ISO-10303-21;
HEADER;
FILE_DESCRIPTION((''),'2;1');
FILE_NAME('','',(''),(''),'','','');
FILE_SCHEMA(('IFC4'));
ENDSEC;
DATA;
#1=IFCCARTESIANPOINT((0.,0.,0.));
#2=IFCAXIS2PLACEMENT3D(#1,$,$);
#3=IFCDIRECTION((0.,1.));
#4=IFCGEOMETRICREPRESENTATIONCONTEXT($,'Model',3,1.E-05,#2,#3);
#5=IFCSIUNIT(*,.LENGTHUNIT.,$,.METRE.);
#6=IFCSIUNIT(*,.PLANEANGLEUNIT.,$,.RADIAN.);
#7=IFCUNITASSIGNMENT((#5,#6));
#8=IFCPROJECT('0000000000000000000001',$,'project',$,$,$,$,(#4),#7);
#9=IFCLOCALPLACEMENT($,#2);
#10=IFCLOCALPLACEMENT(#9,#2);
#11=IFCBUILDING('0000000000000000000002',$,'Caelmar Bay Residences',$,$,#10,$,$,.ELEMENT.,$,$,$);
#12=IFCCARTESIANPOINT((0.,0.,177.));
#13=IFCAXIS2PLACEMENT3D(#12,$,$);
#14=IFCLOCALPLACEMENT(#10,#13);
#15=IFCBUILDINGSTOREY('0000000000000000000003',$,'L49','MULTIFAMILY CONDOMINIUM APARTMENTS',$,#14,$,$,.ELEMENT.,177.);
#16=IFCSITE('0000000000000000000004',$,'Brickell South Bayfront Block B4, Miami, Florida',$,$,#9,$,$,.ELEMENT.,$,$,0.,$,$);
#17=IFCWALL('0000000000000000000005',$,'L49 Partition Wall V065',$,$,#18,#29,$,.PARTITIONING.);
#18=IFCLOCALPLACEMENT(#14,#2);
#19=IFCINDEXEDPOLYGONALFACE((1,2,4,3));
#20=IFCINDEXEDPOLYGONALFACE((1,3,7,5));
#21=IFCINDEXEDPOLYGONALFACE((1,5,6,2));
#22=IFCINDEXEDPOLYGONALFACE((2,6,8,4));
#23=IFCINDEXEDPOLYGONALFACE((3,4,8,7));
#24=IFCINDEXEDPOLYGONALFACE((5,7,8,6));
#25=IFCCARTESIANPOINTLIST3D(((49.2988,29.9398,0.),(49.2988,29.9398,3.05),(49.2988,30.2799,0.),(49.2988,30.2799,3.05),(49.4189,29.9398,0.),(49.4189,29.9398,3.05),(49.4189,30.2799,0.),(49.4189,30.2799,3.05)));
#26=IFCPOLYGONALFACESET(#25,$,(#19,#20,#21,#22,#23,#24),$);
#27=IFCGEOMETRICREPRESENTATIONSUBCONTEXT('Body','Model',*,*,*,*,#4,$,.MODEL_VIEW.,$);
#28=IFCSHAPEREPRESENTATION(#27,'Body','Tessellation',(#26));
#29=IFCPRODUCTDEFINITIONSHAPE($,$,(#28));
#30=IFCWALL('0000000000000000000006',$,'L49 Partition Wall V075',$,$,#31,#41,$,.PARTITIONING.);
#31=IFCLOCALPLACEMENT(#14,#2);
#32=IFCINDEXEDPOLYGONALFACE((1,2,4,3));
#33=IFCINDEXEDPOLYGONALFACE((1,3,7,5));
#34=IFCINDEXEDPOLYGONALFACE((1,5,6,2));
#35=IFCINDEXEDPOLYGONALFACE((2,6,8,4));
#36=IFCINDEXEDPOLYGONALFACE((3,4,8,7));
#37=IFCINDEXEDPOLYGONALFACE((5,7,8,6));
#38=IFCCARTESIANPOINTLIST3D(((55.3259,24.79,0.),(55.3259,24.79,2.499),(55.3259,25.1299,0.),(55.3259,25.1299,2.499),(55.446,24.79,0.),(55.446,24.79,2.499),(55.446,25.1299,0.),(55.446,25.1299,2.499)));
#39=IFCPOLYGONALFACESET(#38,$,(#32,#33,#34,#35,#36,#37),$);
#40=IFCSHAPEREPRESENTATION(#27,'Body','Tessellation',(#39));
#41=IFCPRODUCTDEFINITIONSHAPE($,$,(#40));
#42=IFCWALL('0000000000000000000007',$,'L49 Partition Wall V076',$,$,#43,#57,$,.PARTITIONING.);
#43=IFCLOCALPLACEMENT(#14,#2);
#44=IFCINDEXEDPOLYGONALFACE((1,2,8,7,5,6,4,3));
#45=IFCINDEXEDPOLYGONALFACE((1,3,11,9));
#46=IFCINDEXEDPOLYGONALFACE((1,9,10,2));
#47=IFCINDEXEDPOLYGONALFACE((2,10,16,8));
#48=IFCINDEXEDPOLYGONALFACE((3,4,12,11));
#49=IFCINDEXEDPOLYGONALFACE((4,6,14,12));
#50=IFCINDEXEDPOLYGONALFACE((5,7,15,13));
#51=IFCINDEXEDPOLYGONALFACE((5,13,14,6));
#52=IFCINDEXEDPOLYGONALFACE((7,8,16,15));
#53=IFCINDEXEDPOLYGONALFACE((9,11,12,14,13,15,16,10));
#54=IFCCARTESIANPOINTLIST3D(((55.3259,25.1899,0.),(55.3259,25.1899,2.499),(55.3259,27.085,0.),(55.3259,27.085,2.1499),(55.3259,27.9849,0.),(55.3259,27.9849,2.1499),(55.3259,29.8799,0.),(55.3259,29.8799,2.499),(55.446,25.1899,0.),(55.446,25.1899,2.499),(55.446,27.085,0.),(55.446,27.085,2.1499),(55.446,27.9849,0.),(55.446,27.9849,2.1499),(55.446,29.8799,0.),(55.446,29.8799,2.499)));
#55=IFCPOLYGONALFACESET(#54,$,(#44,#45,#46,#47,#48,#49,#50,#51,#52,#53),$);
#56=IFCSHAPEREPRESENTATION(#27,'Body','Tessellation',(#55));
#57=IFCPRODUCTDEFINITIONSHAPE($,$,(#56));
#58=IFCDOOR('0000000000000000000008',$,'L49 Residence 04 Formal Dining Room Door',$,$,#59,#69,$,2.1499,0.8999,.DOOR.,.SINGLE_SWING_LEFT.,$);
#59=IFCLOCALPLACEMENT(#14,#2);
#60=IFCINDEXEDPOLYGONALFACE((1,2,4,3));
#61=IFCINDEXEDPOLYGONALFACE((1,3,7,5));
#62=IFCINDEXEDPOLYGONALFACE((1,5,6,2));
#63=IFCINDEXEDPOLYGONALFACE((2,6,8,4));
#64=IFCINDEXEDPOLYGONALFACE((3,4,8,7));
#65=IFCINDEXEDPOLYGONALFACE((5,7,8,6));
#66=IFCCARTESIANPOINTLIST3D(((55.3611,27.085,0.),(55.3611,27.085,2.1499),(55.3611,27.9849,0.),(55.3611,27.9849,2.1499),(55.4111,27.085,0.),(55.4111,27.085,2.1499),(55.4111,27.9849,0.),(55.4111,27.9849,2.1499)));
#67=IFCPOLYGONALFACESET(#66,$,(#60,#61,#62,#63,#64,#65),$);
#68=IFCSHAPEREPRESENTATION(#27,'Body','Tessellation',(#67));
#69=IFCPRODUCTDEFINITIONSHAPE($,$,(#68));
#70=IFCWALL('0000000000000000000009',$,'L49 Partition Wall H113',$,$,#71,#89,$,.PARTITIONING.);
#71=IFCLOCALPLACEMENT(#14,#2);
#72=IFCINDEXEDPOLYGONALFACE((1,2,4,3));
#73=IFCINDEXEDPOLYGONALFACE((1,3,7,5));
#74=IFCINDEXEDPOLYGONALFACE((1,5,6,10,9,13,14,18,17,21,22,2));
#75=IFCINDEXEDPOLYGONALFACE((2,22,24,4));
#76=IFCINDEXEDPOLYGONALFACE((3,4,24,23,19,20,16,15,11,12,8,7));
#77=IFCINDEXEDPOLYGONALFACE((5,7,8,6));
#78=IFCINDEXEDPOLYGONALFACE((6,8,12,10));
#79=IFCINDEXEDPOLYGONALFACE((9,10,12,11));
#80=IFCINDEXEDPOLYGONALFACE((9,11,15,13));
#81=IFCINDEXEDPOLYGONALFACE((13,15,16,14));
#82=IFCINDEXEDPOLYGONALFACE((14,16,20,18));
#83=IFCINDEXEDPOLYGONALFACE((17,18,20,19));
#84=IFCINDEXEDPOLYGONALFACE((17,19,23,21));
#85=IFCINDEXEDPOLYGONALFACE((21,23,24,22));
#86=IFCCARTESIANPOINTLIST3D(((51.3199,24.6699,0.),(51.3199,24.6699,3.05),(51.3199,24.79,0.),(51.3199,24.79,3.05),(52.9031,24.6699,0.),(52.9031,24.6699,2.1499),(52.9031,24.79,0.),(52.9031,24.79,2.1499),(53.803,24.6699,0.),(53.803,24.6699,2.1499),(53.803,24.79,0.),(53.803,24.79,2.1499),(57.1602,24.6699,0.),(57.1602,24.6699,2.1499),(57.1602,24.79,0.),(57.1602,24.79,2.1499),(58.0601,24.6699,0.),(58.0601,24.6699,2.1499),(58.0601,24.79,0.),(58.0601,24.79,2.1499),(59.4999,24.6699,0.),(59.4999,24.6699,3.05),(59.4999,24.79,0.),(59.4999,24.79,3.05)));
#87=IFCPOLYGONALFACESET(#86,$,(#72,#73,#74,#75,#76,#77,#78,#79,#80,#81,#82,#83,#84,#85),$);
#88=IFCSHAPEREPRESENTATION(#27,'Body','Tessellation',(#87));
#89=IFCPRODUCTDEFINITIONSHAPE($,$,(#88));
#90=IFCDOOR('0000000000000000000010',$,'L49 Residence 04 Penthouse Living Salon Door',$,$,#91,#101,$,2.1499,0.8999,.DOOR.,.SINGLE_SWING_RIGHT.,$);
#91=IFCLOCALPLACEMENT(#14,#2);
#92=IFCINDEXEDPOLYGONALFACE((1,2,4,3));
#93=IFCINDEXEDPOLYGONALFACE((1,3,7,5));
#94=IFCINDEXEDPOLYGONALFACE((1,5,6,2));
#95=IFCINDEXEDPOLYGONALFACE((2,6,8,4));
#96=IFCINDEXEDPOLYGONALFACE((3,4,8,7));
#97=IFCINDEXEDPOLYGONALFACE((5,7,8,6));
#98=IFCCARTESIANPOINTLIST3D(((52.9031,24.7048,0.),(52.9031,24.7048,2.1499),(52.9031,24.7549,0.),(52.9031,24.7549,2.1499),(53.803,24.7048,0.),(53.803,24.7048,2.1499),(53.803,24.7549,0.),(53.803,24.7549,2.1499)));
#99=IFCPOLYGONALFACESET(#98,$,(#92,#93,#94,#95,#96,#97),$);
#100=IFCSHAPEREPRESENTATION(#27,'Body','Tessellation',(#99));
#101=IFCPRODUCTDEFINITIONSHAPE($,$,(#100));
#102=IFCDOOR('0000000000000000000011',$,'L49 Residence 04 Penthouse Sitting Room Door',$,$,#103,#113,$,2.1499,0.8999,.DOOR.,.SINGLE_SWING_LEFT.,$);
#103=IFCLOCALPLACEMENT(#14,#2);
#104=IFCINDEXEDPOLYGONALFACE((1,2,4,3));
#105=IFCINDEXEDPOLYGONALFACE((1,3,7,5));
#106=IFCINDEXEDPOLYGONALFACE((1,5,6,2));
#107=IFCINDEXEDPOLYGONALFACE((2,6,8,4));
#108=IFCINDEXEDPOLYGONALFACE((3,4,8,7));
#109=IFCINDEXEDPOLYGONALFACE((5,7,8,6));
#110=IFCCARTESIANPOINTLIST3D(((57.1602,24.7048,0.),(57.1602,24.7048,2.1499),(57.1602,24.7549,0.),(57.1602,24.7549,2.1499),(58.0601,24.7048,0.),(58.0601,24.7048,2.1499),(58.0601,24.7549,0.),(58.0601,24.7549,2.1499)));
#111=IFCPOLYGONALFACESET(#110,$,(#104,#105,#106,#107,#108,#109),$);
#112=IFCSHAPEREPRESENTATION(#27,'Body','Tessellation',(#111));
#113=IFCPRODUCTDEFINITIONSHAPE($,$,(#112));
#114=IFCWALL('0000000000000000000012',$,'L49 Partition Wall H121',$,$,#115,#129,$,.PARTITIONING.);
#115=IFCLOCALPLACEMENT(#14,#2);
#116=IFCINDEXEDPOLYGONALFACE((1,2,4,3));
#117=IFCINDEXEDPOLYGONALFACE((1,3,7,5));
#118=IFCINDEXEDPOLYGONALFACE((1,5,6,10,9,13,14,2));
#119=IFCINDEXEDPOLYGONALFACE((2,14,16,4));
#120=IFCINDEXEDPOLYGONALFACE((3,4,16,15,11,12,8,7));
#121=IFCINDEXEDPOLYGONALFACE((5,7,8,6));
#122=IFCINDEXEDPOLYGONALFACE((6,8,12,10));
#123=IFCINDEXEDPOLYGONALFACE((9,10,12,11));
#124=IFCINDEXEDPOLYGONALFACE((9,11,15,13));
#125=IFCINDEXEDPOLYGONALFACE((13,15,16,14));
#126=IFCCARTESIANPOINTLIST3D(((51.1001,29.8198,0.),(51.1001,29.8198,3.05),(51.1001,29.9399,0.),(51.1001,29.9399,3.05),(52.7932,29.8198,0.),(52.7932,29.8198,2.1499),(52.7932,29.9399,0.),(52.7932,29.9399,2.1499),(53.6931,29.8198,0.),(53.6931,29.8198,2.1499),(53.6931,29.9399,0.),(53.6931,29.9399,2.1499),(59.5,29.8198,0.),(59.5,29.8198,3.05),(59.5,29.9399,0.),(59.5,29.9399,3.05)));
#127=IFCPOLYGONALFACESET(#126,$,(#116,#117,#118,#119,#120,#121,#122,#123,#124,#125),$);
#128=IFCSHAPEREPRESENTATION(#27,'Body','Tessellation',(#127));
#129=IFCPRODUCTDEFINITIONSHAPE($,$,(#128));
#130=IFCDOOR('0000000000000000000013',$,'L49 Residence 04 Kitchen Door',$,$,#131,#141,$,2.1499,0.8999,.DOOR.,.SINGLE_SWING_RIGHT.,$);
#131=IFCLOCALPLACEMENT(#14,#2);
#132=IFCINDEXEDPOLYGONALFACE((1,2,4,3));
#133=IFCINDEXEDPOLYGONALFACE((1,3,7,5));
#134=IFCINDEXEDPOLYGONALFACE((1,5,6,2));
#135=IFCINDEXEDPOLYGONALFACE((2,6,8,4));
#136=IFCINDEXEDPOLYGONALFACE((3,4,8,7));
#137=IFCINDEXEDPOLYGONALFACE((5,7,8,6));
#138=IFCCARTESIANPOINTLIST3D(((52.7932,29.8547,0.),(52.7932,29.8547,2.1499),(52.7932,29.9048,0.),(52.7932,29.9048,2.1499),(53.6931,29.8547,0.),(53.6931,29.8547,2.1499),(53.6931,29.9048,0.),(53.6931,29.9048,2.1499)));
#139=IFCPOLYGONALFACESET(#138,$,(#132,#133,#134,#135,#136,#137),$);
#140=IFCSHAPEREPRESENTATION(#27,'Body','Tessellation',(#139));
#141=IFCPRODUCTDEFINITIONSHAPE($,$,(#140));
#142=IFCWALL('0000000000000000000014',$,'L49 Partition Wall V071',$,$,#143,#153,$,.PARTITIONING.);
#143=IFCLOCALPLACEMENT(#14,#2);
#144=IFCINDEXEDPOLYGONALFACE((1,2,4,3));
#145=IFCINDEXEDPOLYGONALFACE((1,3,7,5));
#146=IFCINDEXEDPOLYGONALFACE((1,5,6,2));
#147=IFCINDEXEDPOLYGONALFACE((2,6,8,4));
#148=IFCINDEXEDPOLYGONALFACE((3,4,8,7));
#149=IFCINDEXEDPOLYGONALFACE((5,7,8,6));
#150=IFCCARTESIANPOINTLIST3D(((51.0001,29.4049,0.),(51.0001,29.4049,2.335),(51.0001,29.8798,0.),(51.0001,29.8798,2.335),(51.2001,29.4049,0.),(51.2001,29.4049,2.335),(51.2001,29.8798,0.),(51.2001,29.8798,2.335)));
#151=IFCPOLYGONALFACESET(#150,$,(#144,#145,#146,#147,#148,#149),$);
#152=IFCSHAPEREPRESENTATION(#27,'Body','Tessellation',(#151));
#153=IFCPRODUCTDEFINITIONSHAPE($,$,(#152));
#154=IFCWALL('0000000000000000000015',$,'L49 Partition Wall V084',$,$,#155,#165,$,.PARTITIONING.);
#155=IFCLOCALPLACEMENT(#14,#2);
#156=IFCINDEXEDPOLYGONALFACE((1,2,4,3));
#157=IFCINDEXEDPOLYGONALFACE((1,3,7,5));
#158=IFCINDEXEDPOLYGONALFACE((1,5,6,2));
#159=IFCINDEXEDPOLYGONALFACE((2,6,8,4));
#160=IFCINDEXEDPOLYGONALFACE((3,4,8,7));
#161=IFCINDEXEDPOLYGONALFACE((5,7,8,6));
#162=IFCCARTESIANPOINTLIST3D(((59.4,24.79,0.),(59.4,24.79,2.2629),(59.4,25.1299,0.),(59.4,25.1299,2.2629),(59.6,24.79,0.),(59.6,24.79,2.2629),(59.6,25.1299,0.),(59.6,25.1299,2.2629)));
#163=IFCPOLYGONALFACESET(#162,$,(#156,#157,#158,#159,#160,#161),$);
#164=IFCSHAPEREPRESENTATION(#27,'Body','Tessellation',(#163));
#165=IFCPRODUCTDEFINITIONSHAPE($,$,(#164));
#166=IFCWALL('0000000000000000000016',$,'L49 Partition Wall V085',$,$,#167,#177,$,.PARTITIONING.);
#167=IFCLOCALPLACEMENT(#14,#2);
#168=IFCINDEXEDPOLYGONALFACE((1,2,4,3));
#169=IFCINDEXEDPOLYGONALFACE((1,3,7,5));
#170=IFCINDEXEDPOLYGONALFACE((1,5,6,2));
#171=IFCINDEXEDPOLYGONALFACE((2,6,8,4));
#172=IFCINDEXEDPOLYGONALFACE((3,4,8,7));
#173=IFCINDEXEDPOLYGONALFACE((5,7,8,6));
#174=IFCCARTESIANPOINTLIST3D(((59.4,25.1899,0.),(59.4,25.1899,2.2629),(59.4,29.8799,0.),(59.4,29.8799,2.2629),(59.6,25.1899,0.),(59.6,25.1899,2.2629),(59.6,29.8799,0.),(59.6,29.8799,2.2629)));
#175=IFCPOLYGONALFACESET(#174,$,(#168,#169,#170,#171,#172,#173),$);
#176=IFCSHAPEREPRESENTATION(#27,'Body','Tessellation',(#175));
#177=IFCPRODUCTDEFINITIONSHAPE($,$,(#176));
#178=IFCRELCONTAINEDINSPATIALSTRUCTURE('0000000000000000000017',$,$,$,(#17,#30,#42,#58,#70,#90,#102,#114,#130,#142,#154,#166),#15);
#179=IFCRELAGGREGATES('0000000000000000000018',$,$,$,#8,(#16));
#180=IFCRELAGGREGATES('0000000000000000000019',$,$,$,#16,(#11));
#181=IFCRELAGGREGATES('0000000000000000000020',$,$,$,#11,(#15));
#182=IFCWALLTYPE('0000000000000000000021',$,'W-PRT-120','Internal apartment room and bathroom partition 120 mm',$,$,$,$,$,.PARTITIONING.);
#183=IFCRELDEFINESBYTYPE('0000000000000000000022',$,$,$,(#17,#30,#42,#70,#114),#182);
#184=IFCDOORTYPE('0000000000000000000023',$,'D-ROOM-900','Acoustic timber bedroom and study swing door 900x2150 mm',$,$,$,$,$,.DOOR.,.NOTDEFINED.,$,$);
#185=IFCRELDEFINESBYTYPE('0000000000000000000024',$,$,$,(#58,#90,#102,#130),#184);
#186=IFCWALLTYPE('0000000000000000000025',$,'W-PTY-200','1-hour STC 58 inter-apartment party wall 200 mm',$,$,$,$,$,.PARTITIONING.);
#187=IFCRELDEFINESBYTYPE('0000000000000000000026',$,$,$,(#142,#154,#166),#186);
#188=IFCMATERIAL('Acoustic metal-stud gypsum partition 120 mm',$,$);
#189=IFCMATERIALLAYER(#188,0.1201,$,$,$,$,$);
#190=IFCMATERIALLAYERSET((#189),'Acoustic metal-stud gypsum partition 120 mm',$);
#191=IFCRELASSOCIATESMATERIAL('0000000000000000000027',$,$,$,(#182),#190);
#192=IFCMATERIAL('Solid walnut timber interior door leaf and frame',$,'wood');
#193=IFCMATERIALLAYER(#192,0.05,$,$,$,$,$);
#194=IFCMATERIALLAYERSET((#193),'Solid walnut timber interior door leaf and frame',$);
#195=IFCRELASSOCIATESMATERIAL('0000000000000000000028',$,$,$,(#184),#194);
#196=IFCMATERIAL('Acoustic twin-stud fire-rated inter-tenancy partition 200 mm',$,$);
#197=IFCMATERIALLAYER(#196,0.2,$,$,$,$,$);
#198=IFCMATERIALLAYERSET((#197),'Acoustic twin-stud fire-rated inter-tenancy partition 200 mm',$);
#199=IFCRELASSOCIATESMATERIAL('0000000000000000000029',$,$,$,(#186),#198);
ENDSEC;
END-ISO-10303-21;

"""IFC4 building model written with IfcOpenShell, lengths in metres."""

from ifc_helpers import new_model, si_unit, direction, frame, frame_2d, origin, place, context, subcontext, project, spatial, rectangle, extrude, material, layer, layer_set, type_object, element, fill, save


model = new_model("IFC4")

# Units and contexts
model_context = context("Model", 3, precision=1e-05, world=origin(), true_north=direction((0.0, 1.0)))
body_context = subcontext(model_context, "Body", "Model", "MODEL_VIEW")
ifc_project = project(units=[si_unit("LENGTHUNIT", "METRE"), si_unit("PLANEANGLEUNIT", "RADIAN")], contexts=[model_context])

# Site, building, storey
site_placement = place(None, origin())
site = spatial("IfcSite", under=ifc_project, at=site_placement, Name="Brickell South Bayfront Block B4, Miami, Florida", CompositionType="ELEMENT", RefElevation=0.0)
building_placement = place(site_placement, origin())
building = spatial("IfcBuilding", under=site, at=building_placement, Name="Caelmar Bay Residences", CompositionType="ELEMENT")
storey_placement = place(building_placement, frame((0.0, 0.0, 177.0)))
storey = spatial("IfcBuildingStorey", under=building, at=storey_placement, Name="L49", Description="MULTIFAMILY CONDOMINIUM APARTMENTS", CompositionType="ELEMENT", Elevation=177.0)

# Walls
ifc_material_1 = material(Name="Acoustic metal-stud gypsum partition 120 mm")
ifc_layer_1 = layer(ifc_material_1, 0.1201)
ifc_layer_set_1 = layer_set([ifc_layer_1], Name="Acoustic metal-stud gypsum partition 120 mm")
wall_type_1 = type_object("IfcWallType", Name="W-PRT-120", Description="Internal apartment room and bathroom partition 120 mm", PredefinedType="PARTITIONING", material=ifc_layer_set_1)
wall_1_placement = place(storey_placement, frame((49.3589, 29.9399, 0.0), z_axis=(0.0, 0.0, 1.0), x_axis=(0.0, 1.0, 0.0)))
element("IfcWall", 1, at=wall_1_placement, inside=storey, type_object=wall_type_1, Name="L49 Partition Wall V065", PredefinedType="PARTITIONING", context=body_context, shape_type="SweptSolid", body=[
    extrude(rectangle(XDim=0.3401, YDim=0.1201, at=frame_2d((0.1699, 0.0))), origin(), (0.0, 0.0, 1.0), 3.05),
])
wall_2_placement = place(storey_placement, frame((55.386, 24.79, 0.0), z_axis=(0.0, 0.0, 1.0), x_axis=(0.0, 1.0, 0.0)))
element("IfcWall", 2, at=wall_2_placement, inside=storey, type_object=wall_type_1, Name="L49 Partition Wall V075", PredefinedType="PARTITIONING", context=body_context, shape_type="SweptSolid", body=[
    extrude(rectangle(XDim=0.3398, YDim=0.1201, at=frame_2d((0.1699, 0.0))), origin(), (0.0, 0.0, 1.0), 2.499),
])

# Wall, opening, door
wall_3_placement = place(storey_placement, frame((55.386, 25.1899, 0.0), z_axis=(0.0, 0.0, 1.0), x_axis=(0.0, 1.0, 0.0)))
wall_3 = element("IfcWall", 3, at=wall_3_placement, inside=storey, type_object=wall_type_1, Name="L49 Partition Wall V076", PredefinedType="PARTITIONING", context=body_context, shape_type="SweptSolid", body=[
    extrude(rectangle(XDim=4.6899, YDim=0.1201, at=frame_2d((2.345, 0.0))), origin(), (0.0, 0.0, 1.0), 2.499),
])
opening_1_placement = place(wall_3_placement, frame((1.895, 0.0, 0.0)))
opening_1 = element("IfcOpeningElement", 4, at=opening_1_placement, cuts=wall_3, PredefinedType="OPENING", context=body_context, shape_type="SweptSolid", body=[
    extrude(rectangle(XDim=0.8999, YDim=2.1499, at=frame_2d((0.45, 1.075))), frame((0.0, 0.0701, 0.0), z_axis=(0.0, -1.0, 0.0), x_axis=(1.0, 0.0, 0.0)), (0.0, 0.0, 1.0), 0.1401),
])
ifc_material_2 = material(Name="Solid walnut timber interior door leaf and frame", Category="wood")
ifc_layer_2 = layer(ifc_material_2, 0.05)
ifc_layer_set_2 = layer_set([ifc_layer_2], Name="Solid walnut timber interior door leaf and frame")
door_type = type_object("IfcDoorType", Name="D-ROOM-900", Description="Acoustic timber bedroom and study swing door 900x2150 mm", OperationType="NOTDEFINED", PredefinedType="DOOR", material=ifc_layer_set_2)
door_1_placement = place(opening_1_placement, origin())
door_1 = element("IfcDoor", 5, at=door_1_placement, inside=storey, type_object=door_type, Name="L49 Residence 04 Formal Dining Room Door", OperationType="SINGLE_SWING_LEFT", OverallHeight=2.1499, OverallWidth=0.8999, PredefinedType="DOOR", context=body_context, shape_type="SweptSolid", body=[
    extrude(rectangle(XDim=0.8999, YDim=2.1499, at=frame_2d((0.45, 1.075))), frame((0.0, 0.0249, 0.0), z_axis=(0.0, -1.0, 0.0), x_axis=(1.0, 0.0, 0.0)), (0.0, 0.0, 1.0), 0.05),
])
fill(opening_1, door_1)

# Wall, openings, doors
wall_4_placement = place(storey_placement, frame((51.3201, 24.73, 0.0), z_axis=(0.0, 0.0, 1.0), x_axis=(1.0, 0.0, 0.0)))
wall_4 = element("IfcWall", 6, at=wall_4_placement, inside=storey, type_object=wall_type_1, Name="L49 Partition Wall H113", PredefinedType="PARTITIONING", context=body_context, shape_type="SweptSolid", body=[
    extrude(rectangle(XDim=8.1799, YDim=0.1201, at=frame_2d((4.0898, 0.0))), origin(), (0.0, 0.0, 1.0), 3.05),
])
opening_2_placement = place(wall_4_placement, frame((1.583, 0.0, 0.0)))
opening_2 = element("IfcOpeningElement", 7, at=opening_2_placement, cuts=wall_4, PredefinedType="OPENING", context=body_context, shape_type="SweptSolid", body=[
    extrude(rectangle(XDim=0.8999, YDim=2.1499, at=frame_2d((0.45, 1.075))), frame((0.0, 0.0701, 0.0), z_axis=(0.0, -1.0, 0.0), x_axis=(1.0, 0.0, 0.0)), (0.0, 0.0, 1.0), 0.1401),
])
opening_3_placement = place(wall_4_placement, frame((5.8401, 0.0, 0.0)))
opening_3 = element("IfcOpeningElement", 8, at=opening_3_placement, cuts=wall_4, PredefinedType="OPENING", context=body_context, shape_type="SweptSolid", body=[
    extrude(rectangle(XDim=0.8999, YDim=2.1499, at=frame_2d((0.45, 1.075))), frame((0.0, 0.0701, 0.0), z_axis=(0.0, -1.0, 0.0), x_axis=(1.0, 0.0, 0.0)), (0.0, 0.0, 1.0), 0.1401),
])
door_2_placement = place(opening_2_placement, origin())
door_2 = element("IfcDoor", 9, at=door_2_placement, inside=storey, type_object=door_type, Name="L49 Residence 04 Penthouse Living Salon Door", OperationType="SINGLE_SWING_RIGHT", OverallHeight=2.1499, OverallWidth=0.8999, PredefinedType="DOOR", context=body_context, shape_type="SweptSolid", body=[
    extrude(rectangle(XDim=0.8999, YDim=2.1499, at=frame_2d((0.45, 1.075))), frame((0.0, 0.0249, 0.0), z_axis=(0.0, -1.0, 0.0), x_axis=(1.0, 0.0, 0.0)), (0.0, 0.0, 1.0), 0.05),
])
fill(opening_2, door_2)
door_3_placement = place(opening_3_placement, origin())
door_3 = element("IfcDoor", 10, at=door_3_placement, inside=storey, type_object=door_type, Name="L49 Residence 04 Penthouse Sitting Room Door", OperationType="SINGLE_SWING_LEFT", OverallHeight=2.1499, OverallWidth=0.8999, PredefinedType="DOOR", context=body_context, shape_type="SweptSolid", body=[
    extrude(rectangle(XDim=0.8999, YDim=2.1499, at=frame_2d((0.45, 1.075))), frame((0.0, 0.0249, 0.0), z_axis=(0.0, -1.0, 0.0), x_axis=(1.0, 0.0, 0.0)), (0.0, 0.0, 1.0), 0.05),
])
fill(opening_3, door_3)

# Wall, opening, door
wall_5_placement = place(storey_placement, frame((51.1001, 29.8799, 0.0), z_axis=(0.0, 0.0, 1.0), x_axis=(1.0, 0.0, 0.0)))
wall_5 = element("IfcWall", 11, at=wall_5_placement, inside=storey, type_object=wall_type_1, Name="L49 Partition Wall H121", PredefinedType="PARTITIONING", context=body_context, shape_type="SweptSolid", body=[
    extrude(rectangle(XDim=8.3999, YDim=0.1201, at=frame_2d((4.2, 0.0))), origin(), (0.0, 0.0, 1.0), 3.05),
])
opening_4_placement = place(wall_5_placement, frame((1.6931, 0.0, 0.0)))
opening_4 = element("IfcOpeningElement", 12, at=opening_4_placement, cuts=wall_5, PredefinedType="OPENING", context=body_context, shape_type="SweptSolid", body=[
    extrude(rectangle(XDim=0.8999, YDim=2.1499, at=frame_2d((0.45, 1.075))), frame((0.0, 0.0701, 0.0), z_axis=(0.0, -1.0, 0.0), x_axis=(1.0, 0.0, 0.0)), (0.0, 0.0, 1.0), 0.1401),
])
door_4_placement = place(opening_4_placement, origin())
door_4 = element("IfcDoor", 13, at=door_4_placement, inside=storey, type_object=door_type, Name="L49 Residence 04 Kitchen Door", OperationType="SINGLE_SWING_RIGHT", OverallHeight=2.1499, OverallWidth=0.8999, PredefinedType="DOOR", context=body_context, shape_type="SweptSolid", body=[
    extrude(rectangle(XDim=0.8999, YDim=2.1499, at=frame_2d((0.45, 1.075))), frame((0.0, 0.0249, 0.0), z_axis=(0.0, -1.0, 0.0), x_axis=(1.0, 0.0, 0.0)), (0.0, 0.0, 1.0), 0.05),
])
fill(opening_4, door_4)

# Walls
ifc_material_3 = material(Name="Acoustic twin-stud fire-rated inter-tenancy partition 200 mm")
ifc_layer_3 = layer(ifc_material_3, 0.2)
ifc_layer_set_3 = layer_set([ifc_layer_3], Name="Acoustic twin-stud fire-rated inter-tenancy partition 200 mm")
wall_type_2 = type_object("IfcWallType", Name="W-PTY-200", Description="1-hour STC 58 inter-apartment party wall 200 mm", PredefinedType="PARTITIONING", material=ifc_layer_set_3)
wall_6_placement = place(storey_placement, frame((51.1001, 29.405, 0.0), z_axis=(0.0, 0.0, 1.0), x_axis=(0.0, 1.0, 0.0)))
element("IfcWall", 14, at=wall_6_placement, inside=storey, type_object=wall_type_2, Name="L49 Partition Wall V071", PredefinedType="PARTITIONING", context=body_context, shape_type="SweptSolid", body=[
    extrude(rectangle(XDim=0.4749, YDim=0.2, at=frame_2d((0.2373, 0.0))), origin(), (0.0, 0.0, 1.0), 2.335),
])
wall_7_placement = place(storey_placement, frame((59.5, 24.79, 0.0), z_axis=(0.0, 0.0, 1.0), x_axis=(0.0, 1.0, 0.0)))
element("IfcWall", 15, at=wall_7_placement, inside=storey, type_object=wall_type_2, Name="L49 Partition Wall V084", PredefinedType="PARTITIONING", context=body_context, shape_type="SweptSolid", body=[
    extrude(rectangle(XDim=0.3398, YDim=0.2, at=frame_2d((0.1699, 0.0))), origin(), (0.0, 0.0, 1.0), 2.2629),
])
wall_8_placement = place(storey_placement, frame((59.5, 25.1899, 0.0), z_axis=(0.0, 0.0, 1.0), x_axis=(0.0, 1.0, 0.0)))
element("IfcWall", 16, at=wall_8_placement, inside=storey, type_object=wall_type_2, Name="L49 Partition Wall V085", PredefinedType="PARTITIONING", context=body_context, shape_type="SweptSolid", body=[
    extrude(rectangle(XDim=4.6899, YDim=0.2, at=frame_2d((2.345, 0.0))), origin(), (0.0, 0.0, 1.0), 2.2629),
])

save(model, "model.ifc")
